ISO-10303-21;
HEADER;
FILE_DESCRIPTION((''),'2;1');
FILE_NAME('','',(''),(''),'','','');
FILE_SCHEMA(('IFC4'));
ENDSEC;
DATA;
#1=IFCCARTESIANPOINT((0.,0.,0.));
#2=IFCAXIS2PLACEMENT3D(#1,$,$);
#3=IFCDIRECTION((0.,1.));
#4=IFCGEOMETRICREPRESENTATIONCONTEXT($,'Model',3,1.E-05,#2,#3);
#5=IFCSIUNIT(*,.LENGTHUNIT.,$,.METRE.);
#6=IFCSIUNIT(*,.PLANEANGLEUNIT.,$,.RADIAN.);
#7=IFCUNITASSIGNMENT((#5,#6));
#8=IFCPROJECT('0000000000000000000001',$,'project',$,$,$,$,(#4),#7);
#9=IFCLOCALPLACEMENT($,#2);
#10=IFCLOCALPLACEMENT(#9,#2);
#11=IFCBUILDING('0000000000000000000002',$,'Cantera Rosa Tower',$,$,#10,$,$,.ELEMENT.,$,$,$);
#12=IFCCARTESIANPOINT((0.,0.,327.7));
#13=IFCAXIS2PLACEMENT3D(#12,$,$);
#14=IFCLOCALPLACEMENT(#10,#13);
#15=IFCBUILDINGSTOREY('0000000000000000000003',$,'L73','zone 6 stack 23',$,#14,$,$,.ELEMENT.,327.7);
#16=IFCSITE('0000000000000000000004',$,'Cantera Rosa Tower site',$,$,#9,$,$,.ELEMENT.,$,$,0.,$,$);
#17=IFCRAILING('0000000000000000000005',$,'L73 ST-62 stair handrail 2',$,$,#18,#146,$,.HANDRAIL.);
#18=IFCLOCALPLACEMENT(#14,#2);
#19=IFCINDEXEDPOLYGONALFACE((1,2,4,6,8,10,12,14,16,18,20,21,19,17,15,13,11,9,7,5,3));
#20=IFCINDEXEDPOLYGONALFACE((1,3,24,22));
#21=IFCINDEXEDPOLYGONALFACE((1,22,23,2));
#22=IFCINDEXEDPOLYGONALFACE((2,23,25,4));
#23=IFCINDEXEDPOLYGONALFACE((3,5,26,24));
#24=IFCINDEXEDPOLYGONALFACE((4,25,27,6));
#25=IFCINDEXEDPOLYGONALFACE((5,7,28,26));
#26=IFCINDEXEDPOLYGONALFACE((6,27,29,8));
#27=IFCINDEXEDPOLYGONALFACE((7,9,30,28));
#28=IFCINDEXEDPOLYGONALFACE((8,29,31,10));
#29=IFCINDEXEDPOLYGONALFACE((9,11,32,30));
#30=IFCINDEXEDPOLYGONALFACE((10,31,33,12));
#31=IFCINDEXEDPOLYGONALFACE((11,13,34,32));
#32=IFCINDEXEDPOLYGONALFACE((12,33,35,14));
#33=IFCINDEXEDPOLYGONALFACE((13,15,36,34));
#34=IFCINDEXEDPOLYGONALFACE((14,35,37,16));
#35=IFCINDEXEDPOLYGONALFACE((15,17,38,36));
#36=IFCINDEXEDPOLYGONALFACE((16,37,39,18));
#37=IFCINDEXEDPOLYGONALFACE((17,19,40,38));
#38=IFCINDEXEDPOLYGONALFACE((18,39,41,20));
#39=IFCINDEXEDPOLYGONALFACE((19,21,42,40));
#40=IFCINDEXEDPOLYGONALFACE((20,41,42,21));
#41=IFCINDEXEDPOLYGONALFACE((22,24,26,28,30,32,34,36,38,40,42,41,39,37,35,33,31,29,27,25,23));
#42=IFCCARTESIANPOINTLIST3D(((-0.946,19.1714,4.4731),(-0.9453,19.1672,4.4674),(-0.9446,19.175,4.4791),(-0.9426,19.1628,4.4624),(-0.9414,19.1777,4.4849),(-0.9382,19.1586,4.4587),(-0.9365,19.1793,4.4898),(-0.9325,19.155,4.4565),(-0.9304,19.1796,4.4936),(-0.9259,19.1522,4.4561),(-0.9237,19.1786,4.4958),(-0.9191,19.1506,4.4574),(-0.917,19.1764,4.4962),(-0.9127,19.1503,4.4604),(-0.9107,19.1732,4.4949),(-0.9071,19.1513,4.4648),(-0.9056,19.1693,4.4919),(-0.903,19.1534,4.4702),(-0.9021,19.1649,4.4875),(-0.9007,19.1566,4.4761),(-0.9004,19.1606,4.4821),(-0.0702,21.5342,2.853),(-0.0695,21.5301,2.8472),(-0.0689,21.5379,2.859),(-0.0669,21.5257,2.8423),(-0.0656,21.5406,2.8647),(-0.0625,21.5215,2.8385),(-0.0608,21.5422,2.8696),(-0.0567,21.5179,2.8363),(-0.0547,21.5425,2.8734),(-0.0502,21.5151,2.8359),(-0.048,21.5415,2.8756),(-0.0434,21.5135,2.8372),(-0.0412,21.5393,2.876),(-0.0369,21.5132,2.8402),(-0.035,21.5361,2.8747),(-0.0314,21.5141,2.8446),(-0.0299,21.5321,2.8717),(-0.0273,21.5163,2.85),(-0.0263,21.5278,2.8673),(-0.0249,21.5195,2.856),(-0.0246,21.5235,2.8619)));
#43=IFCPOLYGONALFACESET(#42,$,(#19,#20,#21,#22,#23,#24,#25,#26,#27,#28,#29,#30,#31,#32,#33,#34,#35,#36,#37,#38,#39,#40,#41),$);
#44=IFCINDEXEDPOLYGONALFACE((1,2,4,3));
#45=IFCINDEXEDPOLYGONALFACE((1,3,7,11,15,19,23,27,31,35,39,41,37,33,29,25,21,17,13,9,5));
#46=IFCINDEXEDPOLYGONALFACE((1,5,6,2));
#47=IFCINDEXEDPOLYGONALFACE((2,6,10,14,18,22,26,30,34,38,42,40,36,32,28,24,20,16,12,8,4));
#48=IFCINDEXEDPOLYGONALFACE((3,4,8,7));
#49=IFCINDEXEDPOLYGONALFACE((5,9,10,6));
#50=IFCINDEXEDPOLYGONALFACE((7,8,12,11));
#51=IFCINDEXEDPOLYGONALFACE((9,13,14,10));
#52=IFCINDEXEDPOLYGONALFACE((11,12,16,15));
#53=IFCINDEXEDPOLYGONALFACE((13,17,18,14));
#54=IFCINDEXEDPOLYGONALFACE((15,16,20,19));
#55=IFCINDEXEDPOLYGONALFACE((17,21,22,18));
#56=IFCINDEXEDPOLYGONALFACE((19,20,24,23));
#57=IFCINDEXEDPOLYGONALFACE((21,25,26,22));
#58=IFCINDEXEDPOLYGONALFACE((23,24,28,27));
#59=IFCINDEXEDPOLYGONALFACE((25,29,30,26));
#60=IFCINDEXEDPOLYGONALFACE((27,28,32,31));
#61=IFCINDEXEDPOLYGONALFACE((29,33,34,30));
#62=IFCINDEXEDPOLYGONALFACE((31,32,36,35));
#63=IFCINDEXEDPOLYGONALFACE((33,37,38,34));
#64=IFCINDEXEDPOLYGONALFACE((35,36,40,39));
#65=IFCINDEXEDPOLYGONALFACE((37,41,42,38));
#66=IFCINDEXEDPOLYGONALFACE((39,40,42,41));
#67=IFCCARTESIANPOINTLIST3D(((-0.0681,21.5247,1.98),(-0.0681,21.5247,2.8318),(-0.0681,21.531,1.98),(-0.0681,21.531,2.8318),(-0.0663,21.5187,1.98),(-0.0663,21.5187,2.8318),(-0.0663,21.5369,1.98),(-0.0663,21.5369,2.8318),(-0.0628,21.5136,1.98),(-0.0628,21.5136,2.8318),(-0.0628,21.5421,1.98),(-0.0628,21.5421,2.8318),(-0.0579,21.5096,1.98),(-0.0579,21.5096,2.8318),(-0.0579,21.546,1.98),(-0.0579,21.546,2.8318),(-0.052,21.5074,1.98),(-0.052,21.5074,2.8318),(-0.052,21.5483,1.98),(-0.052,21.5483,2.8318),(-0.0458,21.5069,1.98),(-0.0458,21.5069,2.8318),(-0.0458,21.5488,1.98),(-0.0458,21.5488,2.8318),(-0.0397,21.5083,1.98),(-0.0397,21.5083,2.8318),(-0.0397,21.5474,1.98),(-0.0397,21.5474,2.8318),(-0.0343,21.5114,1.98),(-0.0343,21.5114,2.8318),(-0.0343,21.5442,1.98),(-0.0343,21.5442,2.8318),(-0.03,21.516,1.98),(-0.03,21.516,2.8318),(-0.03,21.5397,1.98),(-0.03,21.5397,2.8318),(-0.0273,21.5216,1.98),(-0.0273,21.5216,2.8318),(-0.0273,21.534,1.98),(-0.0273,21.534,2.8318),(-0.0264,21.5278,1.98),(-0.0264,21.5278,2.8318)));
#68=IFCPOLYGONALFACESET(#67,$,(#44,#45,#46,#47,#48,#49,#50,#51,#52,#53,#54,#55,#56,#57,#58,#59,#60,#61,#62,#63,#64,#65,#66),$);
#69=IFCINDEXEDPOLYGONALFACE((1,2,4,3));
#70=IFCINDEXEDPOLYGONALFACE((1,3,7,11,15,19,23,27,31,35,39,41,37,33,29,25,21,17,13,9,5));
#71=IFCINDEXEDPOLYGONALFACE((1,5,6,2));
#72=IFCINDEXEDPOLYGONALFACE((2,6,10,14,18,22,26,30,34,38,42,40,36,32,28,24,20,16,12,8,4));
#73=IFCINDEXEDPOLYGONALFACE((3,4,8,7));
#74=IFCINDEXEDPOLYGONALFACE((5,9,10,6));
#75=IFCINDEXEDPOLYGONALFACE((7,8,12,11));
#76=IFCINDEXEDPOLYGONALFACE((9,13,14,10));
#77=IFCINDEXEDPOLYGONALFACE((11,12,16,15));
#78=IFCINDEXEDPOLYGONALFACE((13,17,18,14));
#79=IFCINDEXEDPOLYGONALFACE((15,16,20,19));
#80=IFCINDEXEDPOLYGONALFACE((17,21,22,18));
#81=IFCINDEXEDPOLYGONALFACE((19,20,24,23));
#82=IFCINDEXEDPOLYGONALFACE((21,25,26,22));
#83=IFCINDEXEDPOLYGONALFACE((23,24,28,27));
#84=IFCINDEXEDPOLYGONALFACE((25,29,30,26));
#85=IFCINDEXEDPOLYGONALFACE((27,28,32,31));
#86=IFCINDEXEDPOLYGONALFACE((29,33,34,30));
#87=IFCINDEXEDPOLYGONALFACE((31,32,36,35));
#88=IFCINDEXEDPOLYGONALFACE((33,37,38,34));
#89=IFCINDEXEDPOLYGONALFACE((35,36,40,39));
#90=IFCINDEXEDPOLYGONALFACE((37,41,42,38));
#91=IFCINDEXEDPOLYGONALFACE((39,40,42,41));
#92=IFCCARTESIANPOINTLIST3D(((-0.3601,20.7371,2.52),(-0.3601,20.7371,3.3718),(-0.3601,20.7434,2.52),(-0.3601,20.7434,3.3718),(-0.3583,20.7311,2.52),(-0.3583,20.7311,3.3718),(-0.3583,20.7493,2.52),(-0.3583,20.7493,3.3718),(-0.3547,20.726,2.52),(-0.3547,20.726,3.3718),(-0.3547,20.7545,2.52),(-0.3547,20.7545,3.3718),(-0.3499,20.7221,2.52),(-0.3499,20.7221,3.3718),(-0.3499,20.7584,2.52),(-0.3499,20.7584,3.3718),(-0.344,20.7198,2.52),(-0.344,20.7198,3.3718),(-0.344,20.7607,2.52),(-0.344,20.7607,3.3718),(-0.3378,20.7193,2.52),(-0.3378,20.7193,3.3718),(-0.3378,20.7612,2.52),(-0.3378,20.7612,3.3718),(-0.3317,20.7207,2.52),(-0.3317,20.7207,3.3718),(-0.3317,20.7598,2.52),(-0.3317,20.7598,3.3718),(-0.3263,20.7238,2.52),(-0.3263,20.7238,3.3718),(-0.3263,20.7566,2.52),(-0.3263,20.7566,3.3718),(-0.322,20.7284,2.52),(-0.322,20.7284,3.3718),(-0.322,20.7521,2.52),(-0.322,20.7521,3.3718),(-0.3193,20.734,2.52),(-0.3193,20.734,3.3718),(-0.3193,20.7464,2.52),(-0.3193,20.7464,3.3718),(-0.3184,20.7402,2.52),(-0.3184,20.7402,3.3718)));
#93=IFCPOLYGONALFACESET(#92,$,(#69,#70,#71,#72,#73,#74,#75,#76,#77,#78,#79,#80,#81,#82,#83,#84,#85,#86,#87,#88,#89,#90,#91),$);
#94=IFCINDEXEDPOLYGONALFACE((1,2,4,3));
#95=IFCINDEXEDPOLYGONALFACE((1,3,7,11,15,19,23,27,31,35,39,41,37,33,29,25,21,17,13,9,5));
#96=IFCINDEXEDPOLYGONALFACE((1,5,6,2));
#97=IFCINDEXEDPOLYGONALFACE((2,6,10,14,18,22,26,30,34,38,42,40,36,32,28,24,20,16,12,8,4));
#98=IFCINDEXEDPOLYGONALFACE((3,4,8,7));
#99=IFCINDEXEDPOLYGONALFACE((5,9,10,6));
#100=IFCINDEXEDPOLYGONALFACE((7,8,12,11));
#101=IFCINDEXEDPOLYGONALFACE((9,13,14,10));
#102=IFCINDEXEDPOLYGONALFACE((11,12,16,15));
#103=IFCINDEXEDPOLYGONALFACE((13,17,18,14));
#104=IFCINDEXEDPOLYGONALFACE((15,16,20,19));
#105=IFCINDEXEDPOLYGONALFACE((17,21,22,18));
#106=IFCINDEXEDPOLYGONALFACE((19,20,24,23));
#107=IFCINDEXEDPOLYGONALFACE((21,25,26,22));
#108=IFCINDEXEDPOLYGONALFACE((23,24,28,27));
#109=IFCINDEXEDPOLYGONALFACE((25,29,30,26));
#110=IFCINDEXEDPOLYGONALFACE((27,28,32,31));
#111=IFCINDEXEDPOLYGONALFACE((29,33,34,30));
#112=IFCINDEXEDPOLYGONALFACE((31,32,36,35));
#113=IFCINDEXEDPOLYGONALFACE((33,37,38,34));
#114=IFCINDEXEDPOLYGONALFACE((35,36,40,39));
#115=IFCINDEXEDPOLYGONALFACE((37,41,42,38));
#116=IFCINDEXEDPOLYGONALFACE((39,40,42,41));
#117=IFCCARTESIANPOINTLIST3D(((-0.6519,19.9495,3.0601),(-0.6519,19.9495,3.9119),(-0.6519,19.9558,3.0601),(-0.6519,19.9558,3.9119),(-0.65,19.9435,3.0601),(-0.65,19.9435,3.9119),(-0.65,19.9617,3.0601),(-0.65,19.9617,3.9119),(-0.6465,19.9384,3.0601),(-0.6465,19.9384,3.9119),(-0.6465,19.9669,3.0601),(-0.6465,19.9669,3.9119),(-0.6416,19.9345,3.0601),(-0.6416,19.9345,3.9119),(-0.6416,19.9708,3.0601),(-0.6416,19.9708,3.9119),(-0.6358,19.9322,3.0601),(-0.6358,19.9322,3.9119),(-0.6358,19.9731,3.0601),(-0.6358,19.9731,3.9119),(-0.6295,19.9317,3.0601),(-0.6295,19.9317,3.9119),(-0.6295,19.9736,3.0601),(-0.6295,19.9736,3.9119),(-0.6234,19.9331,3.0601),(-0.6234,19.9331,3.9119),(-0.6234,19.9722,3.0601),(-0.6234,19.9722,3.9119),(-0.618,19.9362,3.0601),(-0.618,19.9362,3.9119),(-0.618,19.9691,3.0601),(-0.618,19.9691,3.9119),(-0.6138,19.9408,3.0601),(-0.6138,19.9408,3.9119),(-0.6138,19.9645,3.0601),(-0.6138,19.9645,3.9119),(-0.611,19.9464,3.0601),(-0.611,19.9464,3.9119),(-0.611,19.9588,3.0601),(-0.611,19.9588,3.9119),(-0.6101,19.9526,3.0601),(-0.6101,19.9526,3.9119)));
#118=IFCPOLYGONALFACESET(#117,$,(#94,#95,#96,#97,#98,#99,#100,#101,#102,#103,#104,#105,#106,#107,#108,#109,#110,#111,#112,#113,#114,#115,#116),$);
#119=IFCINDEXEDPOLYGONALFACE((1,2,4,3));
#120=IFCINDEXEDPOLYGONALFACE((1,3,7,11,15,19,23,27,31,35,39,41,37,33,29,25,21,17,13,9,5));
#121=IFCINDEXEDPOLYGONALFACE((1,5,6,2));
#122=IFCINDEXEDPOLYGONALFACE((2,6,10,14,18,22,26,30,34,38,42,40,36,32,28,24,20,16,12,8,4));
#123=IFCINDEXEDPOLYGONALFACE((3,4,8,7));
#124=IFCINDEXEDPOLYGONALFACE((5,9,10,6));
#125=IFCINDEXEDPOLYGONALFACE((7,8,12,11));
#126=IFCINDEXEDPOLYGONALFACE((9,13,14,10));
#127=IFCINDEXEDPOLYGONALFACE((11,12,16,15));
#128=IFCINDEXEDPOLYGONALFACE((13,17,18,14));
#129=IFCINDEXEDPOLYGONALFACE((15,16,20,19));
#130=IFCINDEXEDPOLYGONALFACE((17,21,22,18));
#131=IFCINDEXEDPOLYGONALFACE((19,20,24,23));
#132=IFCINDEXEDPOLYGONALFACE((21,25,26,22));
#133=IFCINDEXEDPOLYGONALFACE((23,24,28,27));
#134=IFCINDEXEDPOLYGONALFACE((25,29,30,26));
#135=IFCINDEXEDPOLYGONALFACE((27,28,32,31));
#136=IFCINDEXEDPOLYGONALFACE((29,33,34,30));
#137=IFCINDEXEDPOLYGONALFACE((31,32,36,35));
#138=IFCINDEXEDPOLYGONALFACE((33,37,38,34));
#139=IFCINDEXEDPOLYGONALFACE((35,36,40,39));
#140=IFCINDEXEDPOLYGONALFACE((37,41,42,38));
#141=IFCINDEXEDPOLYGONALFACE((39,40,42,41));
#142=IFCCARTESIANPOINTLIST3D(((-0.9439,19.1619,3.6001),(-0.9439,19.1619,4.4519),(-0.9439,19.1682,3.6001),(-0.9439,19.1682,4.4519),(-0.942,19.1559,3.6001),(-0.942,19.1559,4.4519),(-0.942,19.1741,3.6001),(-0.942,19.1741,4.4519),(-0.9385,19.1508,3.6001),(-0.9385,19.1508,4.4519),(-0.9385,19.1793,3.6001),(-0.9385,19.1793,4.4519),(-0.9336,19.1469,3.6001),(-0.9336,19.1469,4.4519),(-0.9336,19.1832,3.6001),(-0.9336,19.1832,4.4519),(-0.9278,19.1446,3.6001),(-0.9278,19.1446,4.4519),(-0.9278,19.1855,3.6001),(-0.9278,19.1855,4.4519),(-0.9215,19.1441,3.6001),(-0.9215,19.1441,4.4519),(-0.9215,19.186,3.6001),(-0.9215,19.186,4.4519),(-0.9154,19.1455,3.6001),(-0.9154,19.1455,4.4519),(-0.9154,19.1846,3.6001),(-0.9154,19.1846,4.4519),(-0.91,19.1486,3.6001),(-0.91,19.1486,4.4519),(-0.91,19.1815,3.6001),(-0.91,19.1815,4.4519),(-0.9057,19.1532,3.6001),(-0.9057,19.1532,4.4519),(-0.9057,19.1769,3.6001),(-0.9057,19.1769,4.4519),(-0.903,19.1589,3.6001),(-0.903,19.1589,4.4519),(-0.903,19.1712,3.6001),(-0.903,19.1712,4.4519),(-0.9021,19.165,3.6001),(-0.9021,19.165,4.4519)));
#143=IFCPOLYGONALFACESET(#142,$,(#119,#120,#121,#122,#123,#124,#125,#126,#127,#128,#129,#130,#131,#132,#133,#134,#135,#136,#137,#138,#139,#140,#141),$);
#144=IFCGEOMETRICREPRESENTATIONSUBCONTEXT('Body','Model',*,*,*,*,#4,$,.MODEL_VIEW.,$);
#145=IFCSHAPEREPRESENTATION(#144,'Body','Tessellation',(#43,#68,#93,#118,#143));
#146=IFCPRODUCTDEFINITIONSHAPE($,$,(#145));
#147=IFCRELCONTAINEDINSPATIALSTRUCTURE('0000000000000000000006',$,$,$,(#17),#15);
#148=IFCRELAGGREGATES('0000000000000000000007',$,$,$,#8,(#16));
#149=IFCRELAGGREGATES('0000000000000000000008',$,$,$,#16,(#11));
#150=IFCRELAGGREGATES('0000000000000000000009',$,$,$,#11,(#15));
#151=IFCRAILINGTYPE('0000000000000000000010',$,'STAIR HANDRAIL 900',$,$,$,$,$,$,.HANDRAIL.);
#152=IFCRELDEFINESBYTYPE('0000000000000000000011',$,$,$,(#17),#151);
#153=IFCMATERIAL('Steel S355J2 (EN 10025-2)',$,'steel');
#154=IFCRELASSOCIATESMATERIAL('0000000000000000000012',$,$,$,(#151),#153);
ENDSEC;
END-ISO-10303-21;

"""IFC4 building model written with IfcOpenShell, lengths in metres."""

from ifc_helpers import new_model, si_unit, direction, frame, origin, origin_2d, place, context, subcontext, project, spatial, circle, extrude, material, type_object, element, save


model = new_model("IFC4")

# Units and contexts
model_context = context("Model", 3, precision=1e-05, world=origin(), true_north=direction((0.0, 1.0)))
body_context = subcontext(model_context, "Body", "Model", "MODEL_VIEW")
ifc_project = project(units=[si_unit("LENGTHUNIT", "METRE"), si_unit("PLANEANGLEUNIT", "RADIAN")], contexts=[model_context])

# Site, building, storey
site_placement = place(None, origin())
site = spatial("IfcSite", under=ifc_project, at=site_placement, Name="Cantera Rosa Tower site", CompositionType="ELEMENT", RefElevation=0.0)
building_placement = place(site_placement, origin())
building = spatial("IfcBuilding", under=site, at=building_placement, Name="Cantera Rosa Tower", CompositionType="ELEMENT")
storey_placement = place(building_placement, frame((0.0, 0.0, 327.7)))
storey = spatial("IfcBuildingStorey", under=building, at=storey_placement, Name="L73", Description="zone 6 stack 23", CompositionType="ELEMENT", Elevation=327.7)

# Railing
ifc_material_1 = material(Name="Steel S355J2 (EN 10025-2)", Category="steel")
railing_type = type_object("IfcRailingType", Name="STAIR HANDRAIL 900", PredefinedType="HANDRAIL", material=ifc_material_1)
railing_placement = place(storey_placement, frame((-0.0474, 21.5278, 1.98)))
element("IfcRailing", 1, at=railing_placement, inside=storey, type_object=railing_type, Name="L73 ST-62 stair handrail 2", PredefinedType="HANDRAIL", context=body_context, shape_type="SweptSolid", body=[
    extrude(circle(Radius=0.0239, at=origin_2d()), frame((0.0, 0.0, 0.876), z_axis=(-0.292326, -0.788717, 0.540806), x_axis=(0.937668, -0.347532, 0.0)), (0.0, 0.0, 1.0), 2.9958),
    extrude(circle(Radius=0.021, at=origin_2d()), origin(), (0.0, 0.0, 1.0), 0.8518),
    extrude(circle(Radius=0.021, at=origin_2d()), frame((-0.292, -0.7876, 0.54)), (0.0, 0.0, 1.0), 0.8518),
    extrude(circle(Radius=0.021, at=origin_2d()), frame((-0.5837, -1.5752, 1.0801)), (0.0, 0.0, 1.0), 0.8518),
    extrude(circle(Radius=0.021, at=origin_2d()), frame((-0.8757, -2.3628, 1.6201)), (0.0, 0.0, 1.0), 0.8518),
])

save(model, "model.ifc")
